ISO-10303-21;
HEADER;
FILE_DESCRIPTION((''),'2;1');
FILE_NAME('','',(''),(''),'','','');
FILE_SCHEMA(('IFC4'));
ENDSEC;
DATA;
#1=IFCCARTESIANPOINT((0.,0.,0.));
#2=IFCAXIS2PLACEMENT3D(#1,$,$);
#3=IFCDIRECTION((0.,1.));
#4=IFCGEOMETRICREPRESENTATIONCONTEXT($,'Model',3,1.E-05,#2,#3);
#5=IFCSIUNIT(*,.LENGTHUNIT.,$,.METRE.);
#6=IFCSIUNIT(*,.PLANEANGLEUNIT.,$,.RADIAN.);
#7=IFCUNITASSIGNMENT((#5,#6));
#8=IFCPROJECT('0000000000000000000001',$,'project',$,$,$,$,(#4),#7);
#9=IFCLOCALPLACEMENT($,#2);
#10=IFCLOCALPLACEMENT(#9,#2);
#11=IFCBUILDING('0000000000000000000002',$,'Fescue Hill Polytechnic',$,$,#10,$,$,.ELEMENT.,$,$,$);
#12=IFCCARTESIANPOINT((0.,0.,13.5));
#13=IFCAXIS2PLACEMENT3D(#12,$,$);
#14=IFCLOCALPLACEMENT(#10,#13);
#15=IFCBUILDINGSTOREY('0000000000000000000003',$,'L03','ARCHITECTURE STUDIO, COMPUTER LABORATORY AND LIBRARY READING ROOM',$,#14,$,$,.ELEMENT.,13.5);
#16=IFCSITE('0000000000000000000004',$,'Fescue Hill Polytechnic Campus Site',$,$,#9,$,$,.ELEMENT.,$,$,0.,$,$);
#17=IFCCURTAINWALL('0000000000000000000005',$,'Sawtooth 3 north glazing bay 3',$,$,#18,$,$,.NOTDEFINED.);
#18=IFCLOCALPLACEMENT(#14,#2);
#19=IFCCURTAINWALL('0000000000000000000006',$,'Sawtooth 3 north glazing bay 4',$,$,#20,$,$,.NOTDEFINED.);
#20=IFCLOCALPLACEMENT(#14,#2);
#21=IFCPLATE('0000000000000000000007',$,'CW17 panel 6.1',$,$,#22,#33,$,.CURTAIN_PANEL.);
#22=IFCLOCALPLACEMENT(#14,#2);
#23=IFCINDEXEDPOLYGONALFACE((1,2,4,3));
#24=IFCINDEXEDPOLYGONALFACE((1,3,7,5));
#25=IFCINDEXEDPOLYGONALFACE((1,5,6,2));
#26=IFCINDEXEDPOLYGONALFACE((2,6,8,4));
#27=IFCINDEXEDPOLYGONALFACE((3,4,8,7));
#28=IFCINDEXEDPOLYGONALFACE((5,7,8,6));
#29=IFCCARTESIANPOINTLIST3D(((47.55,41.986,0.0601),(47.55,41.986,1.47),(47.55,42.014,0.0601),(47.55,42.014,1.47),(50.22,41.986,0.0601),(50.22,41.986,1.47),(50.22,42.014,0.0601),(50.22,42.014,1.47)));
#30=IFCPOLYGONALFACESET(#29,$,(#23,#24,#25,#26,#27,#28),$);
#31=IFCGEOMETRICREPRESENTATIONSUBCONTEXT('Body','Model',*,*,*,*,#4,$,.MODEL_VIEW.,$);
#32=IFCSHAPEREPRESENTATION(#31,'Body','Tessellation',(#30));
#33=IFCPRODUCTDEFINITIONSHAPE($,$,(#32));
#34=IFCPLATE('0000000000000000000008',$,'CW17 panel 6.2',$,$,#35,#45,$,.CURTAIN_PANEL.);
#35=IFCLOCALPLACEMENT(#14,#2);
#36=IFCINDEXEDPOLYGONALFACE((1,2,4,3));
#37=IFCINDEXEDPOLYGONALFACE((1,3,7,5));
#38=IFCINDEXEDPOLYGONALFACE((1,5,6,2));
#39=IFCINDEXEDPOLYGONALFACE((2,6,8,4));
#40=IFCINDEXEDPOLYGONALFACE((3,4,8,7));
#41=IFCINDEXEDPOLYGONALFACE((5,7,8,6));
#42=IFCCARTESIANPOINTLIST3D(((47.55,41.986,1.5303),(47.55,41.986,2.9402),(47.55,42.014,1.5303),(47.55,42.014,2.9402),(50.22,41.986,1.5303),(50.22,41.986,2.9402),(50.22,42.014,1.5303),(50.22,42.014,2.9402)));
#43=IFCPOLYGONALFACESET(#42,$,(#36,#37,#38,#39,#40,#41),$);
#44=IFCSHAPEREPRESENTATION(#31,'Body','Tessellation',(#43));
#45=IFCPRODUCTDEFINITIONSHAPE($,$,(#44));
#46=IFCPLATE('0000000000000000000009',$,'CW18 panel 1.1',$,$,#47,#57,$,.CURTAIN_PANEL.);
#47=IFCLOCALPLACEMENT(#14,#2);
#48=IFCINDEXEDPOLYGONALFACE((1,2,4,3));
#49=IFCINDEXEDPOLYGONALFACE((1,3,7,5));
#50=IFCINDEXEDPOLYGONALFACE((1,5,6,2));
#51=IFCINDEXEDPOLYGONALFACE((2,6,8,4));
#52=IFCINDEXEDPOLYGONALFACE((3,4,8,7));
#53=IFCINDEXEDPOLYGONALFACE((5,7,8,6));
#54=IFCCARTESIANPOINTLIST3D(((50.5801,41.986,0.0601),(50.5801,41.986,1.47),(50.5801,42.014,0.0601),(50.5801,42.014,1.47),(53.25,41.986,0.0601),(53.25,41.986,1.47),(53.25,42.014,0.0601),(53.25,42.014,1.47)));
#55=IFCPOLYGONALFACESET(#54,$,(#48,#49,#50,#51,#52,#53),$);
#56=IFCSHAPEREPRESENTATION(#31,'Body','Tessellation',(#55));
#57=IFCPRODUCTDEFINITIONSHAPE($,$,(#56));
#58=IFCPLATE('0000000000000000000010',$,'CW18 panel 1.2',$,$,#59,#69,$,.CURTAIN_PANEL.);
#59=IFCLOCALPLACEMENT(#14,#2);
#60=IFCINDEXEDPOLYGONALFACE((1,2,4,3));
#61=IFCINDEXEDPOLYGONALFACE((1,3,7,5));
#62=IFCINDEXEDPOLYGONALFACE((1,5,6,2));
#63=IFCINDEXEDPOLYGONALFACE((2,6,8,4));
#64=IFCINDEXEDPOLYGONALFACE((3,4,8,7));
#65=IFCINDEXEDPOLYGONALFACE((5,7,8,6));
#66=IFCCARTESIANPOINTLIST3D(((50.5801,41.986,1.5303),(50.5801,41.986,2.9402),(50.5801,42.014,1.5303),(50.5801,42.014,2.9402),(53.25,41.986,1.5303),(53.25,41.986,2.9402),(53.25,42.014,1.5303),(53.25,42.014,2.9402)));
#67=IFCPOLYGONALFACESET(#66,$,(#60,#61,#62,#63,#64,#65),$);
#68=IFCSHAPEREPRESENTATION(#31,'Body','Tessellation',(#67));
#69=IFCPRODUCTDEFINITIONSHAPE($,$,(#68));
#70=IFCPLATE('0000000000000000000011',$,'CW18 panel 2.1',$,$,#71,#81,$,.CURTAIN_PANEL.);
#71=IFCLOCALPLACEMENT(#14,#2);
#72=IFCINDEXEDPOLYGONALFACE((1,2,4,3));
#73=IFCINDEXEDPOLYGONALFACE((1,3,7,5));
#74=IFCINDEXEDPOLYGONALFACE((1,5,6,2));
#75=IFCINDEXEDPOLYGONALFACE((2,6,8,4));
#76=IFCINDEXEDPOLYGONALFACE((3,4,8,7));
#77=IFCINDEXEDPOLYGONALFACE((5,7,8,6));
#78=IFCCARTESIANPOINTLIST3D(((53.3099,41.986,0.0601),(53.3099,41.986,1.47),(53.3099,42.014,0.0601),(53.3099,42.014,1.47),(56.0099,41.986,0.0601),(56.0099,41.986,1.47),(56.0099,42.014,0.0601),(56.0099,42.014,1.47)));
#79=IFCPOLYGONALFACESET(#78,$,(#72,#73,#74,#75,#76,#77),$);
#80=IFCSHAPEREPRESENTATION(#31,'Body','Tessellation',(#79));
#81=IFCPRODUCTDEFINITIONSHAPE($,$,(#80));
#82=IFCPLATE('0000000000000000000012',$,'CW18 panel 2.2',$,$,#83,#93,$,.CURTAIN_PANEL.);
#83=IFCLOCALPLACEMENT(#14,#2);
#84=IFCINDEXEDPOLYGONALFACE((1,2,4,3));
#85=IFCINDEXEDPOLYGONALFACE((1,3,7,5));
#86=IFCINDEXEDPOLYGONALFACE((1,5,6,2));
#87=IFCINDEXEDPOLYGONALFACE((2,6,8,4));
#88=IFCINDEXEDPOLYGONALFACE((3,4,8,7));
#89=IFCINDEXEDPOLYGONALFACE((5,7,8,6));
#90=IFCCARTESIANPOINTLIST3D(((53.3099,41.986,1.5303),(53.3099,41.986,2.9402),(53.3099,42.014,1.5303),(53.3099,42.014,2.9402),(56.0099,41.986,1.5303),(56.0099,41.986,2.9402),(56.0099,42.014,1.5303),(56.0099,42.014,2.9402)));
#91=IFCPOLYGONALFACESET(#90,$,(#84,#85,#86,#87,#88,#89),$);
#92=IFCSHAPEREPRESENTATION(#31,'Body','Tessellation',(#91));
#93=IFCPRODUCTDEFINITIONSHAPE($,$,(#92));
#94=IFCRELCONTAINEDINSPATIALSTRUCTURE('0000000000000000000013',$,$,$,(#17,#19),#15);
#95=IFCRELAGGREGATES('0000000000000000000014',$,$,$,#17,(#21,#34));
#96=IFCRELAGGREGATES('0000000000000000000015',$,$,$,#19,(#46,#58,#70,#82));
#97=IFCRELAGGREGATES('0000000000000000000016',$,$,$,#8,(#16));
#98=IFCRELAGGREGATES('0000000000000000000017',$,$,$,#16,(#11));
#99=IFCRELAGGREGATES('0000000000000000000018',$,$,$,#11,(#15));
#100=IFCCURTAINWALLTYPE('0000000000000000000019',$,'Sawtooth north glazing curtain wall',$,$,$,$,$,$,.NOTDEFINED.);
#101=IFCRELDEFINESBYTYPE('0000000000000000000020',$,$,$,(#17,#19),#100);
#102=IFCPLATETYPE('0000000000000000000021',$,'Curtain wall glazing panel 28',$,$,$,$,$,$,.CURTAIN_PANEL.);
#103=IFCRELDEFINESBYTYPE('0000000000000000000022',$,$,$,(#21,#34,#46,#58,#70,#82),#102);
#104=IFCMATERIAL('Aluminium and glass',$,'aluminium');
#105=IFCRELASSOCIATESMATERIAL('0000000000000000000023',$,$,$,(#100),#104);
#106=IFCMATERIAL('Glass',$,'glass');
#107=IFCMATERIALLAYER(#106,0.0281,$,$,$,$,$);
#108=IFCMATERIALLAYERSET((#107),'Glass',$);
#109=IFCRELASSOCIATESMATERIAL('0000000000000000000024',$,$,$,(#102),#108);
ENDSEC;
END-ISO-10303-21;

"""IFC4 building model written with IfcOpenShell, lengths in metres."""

from ifc_helpers import new_model, si_unit, direction, frame, origin, origin_2d, place, context, subcontext, project, spatial, rectangle, extrude, material, layer, layer_set, type_object, element, aggregate, save


model = new_model("IFC4")

# Units and contexts
model_context = context("Model", 3, precision=1e-05, world=origin(), true_north=direction((0.0, 1.0)))
body_context = subcontext(model_context, "Body", "Model", "MODEL_VIEW")
ifc_project = project(units=[si_unit("LENGTHUNIT", "METRE"), si_unit("PLANEANGLEUNIT", "RADIAN")], contexts=[model_context])

# Site, building, storey
site_placement = place(None, origin())
site = spatial("IfcSite", under=ifc_project, at=site_placement, Name="Fescue Hill Polytechnic Campus Site", CompositionType="ELEMENT", RefElevation=0.0)
building_placement = place(site_placement, origin())
building = spatial("IfcBuilding", under=site, at=building_placement, Name="Fescue Hill Polytechnic", CompositionType="ELEMENT")
storey_placement = place(building_placement, frame((0.0, 0.0, 13.5)))
storey = spatial("IfcBuildingStorey", under=building, at=storey_placement, Name="L03", Description="ARCHITECTURE STUDIO, COMPUTER LABORATORY AND LIBRARY READING ROOM", CompositionType="ELEMENT", Elevation=13.5)

# Curtain wall
ifc_material_1 = material(Name="Aluminium and glass", Category="aluminium")
curtain_wall_type = type_object("IfcCurtainWallType", Name="Sawtooth north glazing curtain wall", PredefinedType="NOTDEFINED", material=ifc_material_1)
curtain_wall_1_placement = place(storey_placement, origin())
curtain_wall_1 = element("IfcCurtainWall", 1, at=curtain_wall_1_placement, inside=storey, type_object=curtain_wall_type, Name="Sawtooth 3 north glazing bay 3", PredefinedType="NOTDEFINED")

# Curtain wall
curtain_wall_2_placement = place(storey_placement, origin())
curtain_wall_2 = element("IfcCurtainWall", 2, at=curtain_wall_2_placement, inside=storey, type_object=curtain_wall_type, Name="Sawtooth 3 north glazing bay 4", PredefinedType="NOTDEFINED")

# Plates
ifc_material_2 = material(Name="Glass", Category="glass")
ifc_layer = layer(ifc_material_2, 0.0281)
ifc_layer_set = layer_set([ifc_layer], Name="Glass")
plate_type = type_object("IfcPlateType", Name="Curtain wall glazing panel 28", PredefinedType="CURTAIN_PANEL", material=ifc_layer_set)
plate_1_placement = place(storey_placement, frame((48.885, 42.0, 0.0601), z_axis=(0.0, 0.0, 1.0), x_axis=(1.0, 0.0, 0.0)))
plate_1 = element("IfcPlate", 3, at=plate_1_placement, type_object=plate_type, Name="CW17 panel 6.1", PredefinedType="CURTAIN_PANEL", context=body_context, shape_type="SweptSolid", body=[
    extrude(rectangle(XDim=2.6699, YDim=0.0281, at=origin_2d()), origin(), (0.0, 0.0, 1.0), 1.4099),
])
plate_2_placement = place(storey_placement, frame((48.885, 42.0, 1.5303), z_axis=(0.0, 0.0, 1.0), x_axis=(1.0, 0.0, 0.0)))
plate_2 = element("IfcPlate", 4, at=plate_2_placement, type_object=plate_type, Name="CW17 panel 6.2", PredefinedType="CURTAIN_PANEL", context=body_context, shape_type="SweptSolid", body=[
    extrude(rectangle(XDim=2.6699, YDim=0.0281, at=origin_2d()), origin(), (0.0, 0.0, 1.0), 1.4099),
])
aggregate(curtain_wall_1, [plate_1, plate_2])
plate_3_placement = place(storey_placement, frame((51.915, 42.0, 0.0601), z_axis=(0.0, 0.0, 1.0), x_axis=(1.0, 0.0, 0.0)))
plate_3 = element("IfcPlate", 5, at=plate_3_placement, type_object=plate_type, Name="CW18 panel 1.1", PredefinedType="CURTAIN_PANEL", context=body_context, shape_type="SweptSolid", body=[
    extrude(rectangle(XDim=2.6699, YDim=0.0281, at=origin_2d()), origin(), (0.0, 0.0, 1.0), 1.4099),
])
plate_4_placement = place(storey_placement, frame((51.915, 42.0, 1.5303), z_axis=(0.0, 0.0, 1.0), x_axis=(1.0, 0.0, 0.0)))
plate_4 = element("IfcPlate", 6, at=plate_4_placement, type_object=plate_type, Name="CW18 panel 1.2", PredefinedType="CURTAIN_PANEL", context=body_context, shape_type="SweptSolid", body=[
    extrude(rectangle(XDim=2.6699, YDim=0.0281, at=origin_2d()), origin(), (0.0, 0.0, 1.0), 1.4099),
])
plate_5_placement = place(storey_placement, frame((54.6599, 42.0, 0.0601), z_axis=(0.0, 0.0, 1.0), x_axis=(1.0, 0.0, 0.0)))
plate_5 = element("IfcPlate", 7, at=plate_5_placement, type_object=plate_type, Name="CW18 panel 2.1", PredefinedType="CURTAIN_PANEL", context=body_context, shape_type="SweptSolid", body=[
    extrude(rectangle(XDim=2.7, YDim=0.0281, at=origin_2d()), origin(), (0.0, 0.0, 1.0), 1.4099),
])
plate_6_placement = place(storey_placement, frame((54.6599, 42.0, 1.5303), z_axis=(0.0, 0.0, 1.0), x_axis=(1.0, 0.0, 0.0)))
plate_6 = element("IfcPlate", 8, at=plate_6_placement, type_object=plate_type, Name="CW18 panel 2.2", PredefinedType="CURTAIN_PANEL", context=body_context, shape_type="SweptSolid", body=[
    extrude(rectangle(XDim=2.7, YDim=0.0281, at=origin_2d()), origin(), (0.0, 0.0, 1.0), 1.4099),
])
aggregate(curtain_wall_2, [plate_3, plate_4, plate_5, plate_6])

save(model, "model.ifc")
